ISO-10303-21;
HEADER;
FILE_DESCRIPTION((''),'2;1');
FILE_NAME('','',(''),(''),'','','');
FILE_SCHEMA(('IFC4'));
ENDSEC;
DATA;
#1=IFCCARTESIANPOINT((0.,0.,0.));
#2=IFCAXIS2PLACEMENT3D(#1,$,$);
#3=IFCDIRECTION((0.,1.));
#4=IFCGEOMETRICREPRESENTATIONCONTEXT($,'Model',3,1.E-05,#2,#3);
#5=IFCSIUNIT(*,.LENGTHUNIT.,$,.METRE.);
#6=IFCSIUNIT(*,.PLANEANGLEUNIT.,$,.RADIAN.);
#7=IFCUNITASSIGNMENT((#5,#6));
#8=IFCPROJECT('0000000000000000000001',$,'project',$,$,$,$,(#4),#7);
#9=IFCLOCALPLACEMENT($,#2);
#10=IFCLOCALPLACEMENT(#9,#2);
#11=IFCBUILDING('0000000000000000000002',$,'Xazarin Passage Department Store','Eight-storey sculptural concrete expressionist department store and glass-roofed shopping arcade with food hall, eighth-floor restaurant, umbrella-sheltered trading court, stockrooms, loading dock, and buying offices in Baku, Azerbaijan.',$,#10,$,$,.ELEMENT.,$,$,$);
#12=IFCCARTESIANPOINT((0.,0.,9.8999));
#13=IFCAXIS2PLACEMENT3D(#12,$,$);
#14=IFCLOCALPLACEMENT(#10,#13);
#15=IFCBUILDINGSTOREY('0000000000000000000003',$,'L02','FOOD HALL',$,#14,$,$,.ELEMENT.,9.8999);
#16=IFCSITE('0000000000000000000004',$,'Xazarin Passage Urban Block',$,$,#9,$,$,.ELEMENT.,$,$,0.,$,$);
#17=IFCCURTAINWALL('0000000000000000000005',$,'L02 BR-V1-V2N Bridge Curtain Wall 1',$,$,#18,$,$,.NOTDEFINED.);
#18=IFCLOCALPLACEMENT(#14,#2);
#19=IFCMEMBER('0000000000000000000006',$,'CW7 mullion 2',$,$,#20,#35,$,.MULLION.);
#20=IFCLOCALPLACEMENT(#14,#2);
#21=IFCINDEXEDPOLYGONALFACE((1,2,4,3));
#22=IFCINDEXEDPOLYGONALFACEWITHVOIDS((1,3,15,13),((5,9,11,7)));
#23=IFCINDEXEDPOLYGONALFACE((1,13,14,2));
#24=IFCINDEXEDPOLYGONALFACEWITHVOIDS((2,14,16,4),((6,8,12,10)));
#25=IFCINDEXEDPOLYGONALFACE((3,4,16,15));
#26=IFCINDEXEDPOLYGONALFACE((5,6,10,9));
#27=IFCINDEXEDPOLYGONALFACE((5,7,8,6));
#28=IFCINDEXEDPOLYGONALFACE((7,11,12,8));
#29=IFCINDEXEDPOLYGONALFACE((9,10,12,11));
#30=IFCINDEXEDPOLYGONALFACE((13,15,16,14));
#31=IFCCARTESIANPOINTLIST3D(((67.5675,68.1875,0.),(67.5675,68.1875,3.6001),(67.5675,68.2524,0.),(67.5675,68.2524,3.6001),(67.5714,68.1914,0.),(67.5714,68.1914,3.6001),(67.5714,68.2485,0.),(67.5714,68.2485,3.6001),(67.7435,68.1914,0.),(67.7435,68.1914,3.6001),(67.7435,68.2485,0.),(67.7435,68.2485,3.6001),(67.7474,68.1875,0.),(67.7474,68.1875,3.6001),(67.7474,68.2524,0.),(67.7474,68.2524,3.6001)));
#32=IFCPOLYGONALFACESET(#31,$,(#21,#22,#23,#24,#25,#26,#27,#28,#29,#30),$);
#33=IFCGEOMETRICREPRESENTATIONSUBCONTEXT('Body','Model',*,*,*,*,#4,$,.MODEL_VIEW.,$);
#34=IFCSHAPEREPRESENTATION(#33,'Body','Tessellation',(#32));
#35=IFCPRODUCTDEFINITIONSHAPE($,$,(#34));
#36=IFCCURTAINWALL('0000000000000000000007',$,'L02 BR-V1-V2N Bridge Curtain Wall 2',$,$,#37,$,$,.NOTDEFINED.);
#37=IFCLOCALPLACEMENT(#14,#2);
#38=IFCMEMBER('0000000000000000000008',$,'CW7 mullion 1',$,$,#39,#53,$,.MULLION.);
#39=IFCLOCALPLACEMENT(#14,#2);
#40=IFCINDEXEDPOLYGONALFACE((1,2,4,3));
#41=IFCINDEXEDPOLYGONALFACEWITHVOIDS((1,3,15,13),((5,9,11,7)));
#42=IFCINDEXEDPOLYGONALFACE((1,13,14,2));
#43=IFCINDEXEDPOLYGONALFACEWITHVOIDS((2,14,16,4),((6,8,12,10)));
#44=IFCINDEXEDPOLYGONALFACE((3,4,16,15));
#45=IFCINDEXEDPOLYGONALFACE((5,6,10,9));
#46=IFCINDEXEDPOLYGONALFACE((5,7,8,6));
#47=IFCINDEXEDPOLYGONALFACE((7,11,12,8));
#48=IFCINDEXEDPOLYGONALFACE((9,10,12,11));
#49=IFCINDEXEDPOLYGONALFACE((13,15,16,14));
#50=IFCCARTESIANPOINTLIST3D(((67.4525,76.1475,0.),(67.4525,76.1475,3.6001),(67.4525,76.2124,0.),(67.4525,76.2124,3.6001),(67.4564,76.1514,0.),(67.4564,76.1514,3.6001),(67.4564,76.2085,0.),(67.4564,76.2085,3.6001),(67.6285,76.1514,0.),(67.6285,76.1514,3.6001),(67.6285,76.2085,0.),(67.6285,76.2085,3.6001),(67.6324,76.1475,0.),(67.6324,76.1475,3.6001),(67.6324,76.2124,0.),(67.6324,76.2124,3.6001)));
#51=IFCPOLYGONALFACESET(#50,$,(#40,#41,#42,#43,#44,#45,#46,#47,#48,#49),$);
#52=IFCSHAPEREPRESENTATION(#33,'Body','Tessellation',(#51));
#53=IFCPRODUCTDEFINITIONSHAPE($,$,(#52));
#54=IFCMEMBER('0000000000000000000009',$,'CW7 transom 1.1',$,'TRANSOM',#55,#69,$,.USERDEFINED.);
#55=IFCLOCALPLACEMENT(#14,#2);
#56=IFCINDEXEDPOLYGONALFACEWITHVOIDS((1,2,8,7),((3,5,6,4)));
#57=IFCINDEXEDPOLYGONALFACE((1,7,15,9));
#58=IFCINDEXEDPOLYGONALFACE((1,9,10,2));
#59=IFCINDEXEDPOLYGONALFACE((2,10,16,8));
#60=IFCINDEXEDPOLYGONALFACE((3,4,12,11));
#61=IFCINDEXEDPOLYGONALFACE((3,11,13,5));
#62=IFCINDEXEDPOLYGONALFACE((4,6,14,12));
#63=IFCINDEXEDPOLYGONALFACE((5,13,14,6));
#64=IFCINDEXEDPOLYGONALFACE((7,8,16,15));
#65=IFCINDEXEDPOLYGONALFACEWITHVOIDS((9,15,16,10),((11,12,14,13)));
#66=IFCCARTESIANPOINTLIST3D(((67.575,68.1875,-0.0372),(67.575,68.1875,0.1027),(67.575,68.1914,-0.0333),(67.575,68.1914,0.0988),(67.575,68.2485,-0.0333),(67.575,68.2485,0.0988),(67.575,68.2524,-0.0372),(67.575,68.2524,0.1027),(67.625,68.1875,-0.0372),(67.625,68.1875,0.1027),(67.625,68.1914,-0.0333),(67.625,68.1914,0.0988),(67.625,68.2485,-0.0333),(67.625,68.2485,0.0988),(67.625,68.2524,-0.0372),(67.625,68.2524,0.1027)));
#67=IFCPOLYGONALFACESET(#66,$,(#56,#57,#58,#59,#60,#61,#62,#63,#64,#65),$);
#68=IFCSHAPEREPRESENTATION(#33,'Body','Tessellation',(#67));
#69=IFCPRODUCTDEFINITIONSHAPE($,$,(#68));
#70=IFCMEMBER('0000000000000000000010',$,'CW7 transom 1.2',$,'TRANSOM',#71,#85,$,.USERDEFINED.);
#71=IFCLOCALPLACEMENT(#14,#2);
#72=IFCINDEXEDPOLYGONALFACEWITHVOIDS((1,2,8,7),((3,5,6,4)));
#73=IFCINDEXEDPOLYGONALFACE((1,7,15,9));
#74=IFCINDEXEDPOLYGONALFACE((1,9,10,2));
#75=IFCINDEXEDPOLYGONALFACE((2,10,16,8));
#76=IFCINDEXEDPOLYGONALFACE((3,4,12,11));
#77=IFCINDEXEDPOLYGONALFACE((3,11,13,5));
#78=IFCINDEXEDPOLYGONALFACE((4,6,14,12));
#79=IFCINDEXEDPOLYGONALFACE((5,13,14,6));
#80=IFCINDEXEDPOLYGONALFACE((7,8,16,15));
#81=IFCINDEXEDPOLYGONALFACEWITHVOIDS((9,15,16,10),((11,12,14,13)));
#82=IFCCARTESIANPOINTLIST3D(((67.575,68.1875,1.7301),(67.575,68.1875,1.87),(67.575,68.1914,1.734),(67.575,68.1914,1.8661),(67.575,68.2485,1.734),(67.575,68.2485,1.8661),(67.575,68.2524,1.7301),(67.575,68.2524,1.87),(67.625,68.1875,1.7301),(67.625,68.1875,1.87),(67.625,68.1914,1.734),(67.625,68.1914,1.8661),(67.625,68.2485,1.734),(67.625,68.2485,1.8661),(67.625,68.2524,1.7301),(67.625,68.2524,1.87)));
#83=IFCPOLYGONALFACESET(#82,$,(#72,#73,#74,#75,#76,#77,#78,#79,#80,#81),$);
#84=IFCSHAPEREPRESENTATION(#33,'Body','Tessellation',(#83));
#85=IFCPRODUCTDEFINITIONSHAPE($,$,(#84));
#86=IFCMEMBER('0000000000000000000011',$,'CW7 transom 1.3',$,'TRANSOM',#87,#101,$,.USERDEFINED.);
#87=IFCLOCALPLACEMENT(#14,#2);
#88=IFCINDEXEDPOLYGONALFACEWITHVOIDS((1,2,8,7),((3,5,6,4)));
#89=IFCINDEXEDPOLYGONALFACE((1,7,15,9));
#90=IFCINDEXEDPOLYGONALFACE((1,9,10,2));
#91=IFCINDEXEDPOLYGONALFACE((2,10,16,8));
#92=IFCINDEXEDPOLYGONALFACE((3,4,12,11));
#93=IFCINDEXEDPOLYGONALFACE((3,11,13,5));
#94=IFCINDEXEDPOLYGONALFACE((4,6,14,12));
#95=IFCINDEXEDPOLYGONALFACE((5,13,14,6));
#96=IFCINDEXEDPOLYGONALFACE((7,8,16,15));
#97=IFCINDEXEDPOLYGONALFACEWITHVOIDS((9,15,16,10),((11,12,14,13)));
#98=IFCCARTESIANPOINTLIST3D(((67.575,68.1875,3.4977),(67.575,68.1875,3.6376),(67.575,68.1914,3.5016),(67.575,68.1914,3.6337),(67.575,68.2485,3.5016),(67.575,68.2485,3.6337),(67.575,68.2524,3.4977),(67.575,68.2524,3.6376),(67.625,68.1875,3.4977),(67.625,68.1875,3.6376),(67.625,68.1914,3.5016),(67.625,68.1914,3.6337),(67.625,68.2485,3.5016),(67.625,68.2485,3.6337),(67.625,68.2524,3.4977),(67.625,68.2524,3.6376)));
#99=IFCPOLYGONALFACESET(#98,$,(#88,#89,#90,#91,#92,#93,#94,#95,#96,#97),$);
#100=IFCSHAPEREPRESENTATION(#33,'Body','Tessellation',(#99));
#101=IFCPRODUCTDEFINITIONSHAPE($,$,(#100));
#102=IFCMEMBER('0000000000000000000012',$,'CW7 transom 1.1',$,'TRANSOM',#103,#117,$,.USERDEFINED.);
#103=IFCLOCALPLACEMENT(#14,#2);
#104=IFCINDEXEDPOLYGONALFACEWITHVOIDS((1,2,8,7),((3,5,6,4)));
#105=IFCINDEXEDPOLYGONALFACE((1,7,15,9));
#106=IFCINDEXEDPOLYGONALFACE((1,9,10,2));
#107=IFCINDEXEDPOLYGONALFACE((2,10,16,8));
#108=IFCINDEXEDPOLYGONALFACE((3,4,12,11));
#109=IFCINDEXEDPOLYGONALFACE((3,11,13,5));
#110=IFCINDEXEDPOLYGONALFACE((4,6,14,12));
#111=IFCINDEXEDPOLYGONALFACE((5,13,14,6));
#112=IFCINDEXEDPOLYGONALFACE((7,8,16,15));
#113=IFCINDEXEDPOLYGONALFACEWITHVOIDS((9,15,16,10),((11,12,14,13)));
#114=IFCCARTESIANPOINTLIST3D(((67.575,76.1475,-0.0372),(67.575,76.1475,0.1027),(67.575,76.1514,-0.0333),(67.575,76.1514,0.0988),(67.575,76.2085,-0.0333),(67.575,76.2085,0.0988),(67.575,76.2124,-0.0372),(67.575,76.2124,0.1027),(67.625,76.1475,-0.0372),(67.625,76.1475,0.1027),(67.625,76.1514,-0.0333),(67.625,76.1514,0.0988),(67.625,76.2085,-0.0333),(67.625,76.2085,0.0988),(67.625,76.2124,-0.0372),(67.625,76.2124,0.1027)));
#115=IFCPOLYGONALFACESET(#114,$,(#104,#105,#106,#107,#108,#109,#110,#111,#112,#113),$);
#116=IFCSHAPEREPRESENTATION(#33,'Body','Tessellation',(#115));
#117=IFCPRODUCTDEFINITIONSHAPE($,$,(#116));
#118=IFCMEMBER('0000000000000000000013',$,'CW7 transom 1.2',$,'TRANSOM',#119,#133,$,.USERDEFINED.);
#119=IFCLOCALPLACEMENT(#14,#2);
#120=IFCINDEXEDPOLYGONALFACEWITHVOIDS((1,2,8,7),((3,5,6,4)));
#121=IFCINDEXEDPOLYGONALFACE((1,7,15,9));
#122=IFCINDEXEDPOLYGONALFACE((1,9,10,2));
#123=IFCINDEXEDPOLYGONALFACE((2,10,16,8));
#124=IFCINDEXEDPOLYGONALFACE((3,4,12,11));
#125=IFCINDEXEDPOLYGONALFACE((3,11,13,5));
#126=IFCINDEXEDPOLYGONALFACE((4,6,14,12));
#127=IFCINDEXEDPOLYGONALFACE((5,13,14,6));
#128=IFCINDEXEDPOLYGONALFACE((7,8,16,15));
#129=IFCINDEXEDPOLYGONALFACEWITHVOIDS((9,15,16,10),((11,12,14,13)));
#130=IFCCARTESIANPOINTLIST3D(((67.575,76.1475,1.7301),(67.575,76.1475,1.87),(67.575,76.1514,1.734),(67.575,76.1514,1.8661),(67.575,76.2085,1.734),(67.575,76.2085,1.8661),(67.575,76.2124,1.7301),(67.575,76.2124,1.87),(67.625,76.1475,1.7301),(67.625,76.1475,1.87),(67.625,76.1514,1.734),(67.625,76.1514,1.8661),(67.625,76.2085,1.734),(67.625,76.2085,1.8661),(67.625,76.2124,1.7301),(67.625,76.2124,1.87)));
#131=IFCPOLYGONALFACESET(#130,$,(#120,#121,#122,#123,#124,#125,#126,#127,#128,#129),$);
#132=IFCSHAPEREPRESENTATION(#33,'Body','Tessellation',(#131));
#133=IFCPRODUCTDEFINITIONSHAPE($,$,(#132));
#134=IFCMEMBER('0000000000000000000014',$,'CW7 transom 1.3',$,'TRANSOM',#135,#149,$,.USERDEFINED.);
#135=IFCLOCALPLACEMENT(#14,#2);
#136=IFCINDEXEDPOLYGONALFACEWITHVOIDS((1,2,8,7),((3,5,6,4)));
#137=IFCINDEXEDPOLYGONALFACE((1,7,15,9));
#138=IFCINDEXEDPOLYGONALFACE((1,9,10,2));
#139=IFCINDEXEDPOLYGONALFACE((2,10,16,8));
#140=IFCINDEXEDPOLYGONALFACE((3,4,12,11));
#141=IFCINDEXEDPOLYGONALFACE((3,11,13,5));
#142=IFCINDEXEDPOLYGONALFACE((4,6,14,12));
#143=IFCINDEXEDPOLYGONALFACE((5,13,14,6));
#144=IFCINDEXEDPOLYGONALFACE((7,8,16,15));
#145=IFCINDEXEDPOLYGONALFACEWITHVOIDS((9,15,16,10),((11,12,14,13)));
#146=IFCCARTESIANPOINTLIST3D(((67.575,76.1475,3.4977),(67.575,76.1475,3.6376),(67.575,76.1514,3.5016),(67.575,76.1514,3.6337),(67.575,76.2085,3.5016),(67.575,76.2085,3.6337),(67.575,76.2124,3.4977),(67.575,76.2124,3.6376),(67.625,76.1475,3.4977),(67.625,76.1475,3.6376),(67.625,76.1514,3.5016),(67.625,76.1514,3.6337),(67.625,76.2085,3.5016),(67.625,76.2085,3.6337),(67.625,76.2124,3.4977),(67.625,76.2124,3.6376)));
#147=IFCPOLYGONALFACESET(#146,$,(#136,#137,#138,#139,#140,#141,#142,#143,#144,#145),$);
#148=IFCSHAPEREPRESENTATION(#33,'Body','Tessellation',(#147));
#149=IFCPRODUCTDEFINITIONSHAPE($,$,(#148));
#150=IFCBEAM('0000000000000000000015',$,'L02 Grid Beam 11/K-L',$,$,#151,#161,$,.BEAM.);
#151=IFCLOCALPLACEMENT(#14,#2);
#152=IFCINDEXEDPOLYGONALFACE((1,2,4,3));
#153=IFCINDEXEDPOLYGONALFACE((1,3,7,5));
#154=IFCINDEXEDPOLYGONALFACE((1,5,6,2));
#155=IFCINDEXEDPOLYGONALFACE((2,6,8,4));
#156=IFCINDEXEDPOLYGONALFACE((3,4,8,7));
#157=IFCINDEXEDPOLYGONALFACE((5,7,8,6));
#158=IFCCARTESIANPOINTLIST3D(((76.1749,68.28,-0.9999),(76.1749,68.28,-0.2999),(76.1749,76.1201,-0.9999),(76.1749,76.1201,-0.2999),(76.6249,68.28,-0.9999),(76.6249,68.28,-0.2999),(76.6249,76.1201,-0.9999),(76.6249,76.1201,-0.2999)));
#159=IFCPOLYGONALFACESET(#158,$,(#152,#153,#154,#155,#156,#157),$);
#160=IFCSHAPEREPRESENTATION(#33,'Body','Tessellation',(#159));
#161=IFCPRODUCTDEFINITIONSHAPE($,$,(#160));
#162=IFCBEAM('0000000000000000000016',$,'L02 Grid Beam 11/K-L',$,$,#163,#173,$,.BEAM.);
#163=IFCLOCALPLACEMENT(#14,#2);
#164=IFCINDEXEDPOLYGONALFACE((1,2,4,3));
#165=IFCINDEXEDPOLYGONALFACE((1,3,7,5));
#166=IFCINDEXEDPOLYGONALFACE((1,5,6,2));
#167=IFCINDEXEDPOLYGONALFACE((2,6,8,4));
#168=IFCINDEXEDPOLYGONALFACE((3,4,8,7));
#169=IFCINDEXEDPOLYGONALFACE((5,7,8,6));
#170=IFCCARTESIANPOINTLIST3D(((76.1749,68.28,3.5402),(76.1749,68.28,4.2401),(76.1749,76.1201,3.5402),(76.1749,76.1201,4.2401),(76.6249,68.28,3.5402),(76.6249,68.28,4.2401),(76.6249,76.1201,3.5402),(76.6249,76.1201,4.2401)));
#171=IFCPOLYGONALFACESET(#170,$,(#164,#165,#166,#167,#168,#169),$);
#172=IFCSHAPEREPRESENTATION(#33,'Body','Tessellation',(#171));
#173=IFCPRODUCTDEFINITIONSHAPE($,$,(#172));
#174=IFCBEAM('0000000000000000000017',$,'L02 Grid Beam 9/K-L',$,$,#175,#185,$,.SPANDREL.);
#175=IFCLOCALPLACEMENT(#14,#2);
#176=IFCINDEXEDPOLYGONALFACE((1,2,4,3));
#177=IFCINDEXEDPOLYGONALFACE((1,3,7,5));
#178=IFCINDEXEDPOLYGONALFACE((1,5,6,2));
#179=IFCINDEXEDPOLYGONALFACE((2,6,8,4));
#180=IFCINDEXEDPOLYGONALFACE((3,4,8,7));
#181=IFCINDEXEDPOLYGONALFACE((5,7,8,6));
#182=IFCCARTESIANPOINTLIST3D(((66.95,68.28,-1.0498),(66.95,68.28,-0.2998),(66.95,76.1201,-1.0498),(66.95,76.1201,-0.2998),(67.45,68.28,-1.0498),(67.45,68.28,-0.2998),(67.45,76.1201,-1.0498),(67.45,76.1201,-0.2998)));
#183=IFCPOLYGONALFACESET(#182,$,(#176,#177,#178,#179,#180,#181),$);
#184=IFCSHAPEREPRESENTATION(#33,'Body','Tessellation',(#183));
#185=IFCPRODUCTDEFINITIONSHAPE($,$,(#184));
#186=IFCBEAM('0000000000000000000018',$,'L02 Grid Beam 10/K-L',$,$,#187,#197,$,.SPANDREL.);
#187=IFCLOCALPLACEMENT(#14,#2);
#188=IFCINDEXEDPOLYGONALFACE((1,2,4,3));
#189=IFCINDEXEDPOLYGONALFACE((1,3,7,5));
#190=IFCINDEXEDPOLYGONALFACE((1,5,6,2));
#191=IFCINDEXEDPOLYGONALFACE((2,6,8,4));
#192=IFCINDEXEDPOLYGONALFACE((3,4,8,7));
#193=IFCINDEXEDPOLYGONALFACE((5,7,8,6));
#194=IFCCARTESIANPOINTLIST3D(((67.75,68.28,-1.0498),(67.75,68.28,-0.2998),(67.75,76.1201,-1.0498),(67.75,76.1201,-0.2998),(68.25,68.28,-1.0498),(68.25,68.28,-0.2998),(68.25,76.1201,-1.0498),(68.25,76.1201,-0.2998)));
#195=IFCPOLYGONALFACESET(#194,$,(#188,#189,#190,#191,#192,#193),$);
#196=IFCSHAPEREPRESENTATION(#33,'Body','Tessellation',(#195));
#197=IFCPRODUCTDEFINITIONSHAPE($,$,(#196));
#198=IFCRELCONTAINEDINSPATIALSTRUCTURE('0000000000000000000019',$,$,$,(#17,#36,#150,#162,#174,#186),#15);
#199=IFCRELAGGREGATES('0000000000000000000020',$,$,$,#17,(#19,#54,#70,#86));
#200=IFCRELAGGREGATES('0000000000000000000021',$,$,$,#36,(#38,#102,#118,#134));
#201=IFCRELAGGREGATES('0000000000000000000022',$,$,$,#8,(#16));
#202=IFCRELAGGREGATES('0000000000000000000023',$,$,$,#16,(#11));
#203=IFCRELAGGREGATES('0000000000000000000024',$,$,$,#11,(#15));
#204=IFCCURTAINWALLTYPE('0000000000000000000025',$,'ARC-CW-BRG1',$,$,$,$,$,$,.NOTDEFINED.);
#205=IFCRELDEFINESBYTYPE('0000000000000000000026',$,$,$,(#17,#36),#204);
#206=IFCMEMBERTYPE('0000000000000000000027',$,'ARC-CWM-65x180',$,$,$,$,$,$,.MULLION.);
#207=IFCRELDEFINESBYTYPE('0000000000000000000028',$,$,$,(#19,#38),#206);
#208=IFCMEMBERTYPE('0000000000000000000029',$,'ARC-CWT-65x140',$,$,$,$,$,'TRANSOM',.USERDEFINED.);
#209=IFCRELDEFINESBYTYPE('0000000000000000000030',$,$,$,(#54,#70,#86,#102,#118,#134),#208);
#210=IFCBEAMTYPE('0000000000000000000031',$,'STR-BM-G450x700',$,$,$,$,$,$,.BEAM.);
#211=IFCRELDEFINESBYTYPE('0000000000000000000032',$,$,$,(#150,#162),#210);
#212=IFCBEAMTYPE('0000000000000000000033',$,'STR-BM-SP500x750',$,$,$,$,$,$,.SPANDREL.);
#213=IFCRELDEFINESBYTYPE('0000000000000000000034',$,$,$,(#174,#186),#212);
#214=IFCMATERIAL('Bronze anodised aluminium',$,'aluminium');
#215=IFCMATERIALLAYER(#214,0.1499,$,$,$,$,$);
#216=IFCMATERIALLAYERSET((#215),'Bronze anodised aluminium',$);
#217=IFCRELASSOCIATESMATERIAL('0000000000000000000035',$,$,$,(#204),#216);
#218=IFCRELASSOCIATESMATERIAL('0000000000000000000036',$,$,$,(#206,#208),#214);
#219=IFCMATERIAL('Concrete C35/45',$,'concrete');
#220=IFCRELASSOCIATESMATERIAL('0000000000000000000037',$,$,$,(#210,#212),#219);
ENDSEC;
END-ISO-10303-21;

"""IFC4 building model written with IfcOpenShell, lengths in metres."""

from ifc_helpers import new_model, si_unit, direction, frame, origin, origin_2d, place, context, subcontext, project, spatial, rectangle, hollow_rectangle, extrude, material, layer, layer_set, material_profile, profile_set, type_object, element, aggregate, save


model = new_model("IFC4")

# Units and contexts
model_context = context("Model", 3, precision=1e-05, world=origin(), true_north=direction((0.0, 1.0)))
body_context = subcontext(model_context, "Body", "Model", "MODEL_VIEW")
ifc_project = project(units=[si_unit("LENGTHUNIT", "METRE"), si_unit("PLANEANGLEUNIT", "RADIAN")], contexts=[model_context])

# Site, building, storey
site_placement = place(None, origin())
site = spatial("IfcSite", under=ifc_project, at=site_placement, Name="Xazarin Passage Urban Block", CompositionType="ELEMENT", RefElevation=0.0)
building_placement = place(site_placement, origin())
building = spatial("IfcBuilding", under=site, at=building_placement, Name="Xazarin Passage Department Store", Description="Eight-storey sculptural concrete expressionist department store and glass-roofed shopping arcade with food hall, eighth-floor restaurant, umbrella-sheltered trading court, stockrooms, loading dock, and buying offices in Baku, Azerbaijan.", CompositionType="ELEMENT")
storey_placement = place(building_placement, frame((0.0, 0.0, 9.8999)))
storey = spatial("IfcBuildingStorey", under=building, at=storey_placement, Name="L02", Description="FOOD HALL", CompositionType="ELEMENT", Elevation=9.8999)

# Curtain walls, members
ifc_material_1 = material(Name="Bronze anodised aluminium", Category="aluminium")
ifc_layer_1 = layer(ifc_material_1, 0.1499)
ifc_layer_set_1 = layer_set([ifc_layer_1], Name="Bronze anodised aluminium")
curtain_wall_type = type_object("IfcCurtainWallType", Name="ARC-CW-BRG1", PredefinedType="NOTDEFINED", material=ifc_layer_set_1)
curtain_wall_1_placement = place(storey_placement, origin())
curtain_wall_1 = element("IfcCurtainWall", 1, at=curtain_wall_1_placement, inside=storey, type_object=curtain_wall_type, Name="L02 BR-V1-V2N Bridge Curtain Wall 1", PredefinedType="NOTDEFINED")
ifc_material_profile_1 = material_profile(ifc_material_1, hollow_rectangle(XDim=0.0649, YDim=0.1799, WallThickness=0.0039, at=origin_2d()), Name="ALU 65x180")
ifc_profile_set_1 = profile_set([ifc_material_profile_1], Name="Bronze anodised aluminium")
member_type_1 = type_object("IfcMemberType", Name="ARC-CWM-65x180", PredefinedType="MULLION", material=ifc_profile_set_1)
member_1_placement = place(storey_placement, frame((67.6575, 68.22, 0.0), z_axis=(0.0, 0.0, 1.0), x_axis=(0.0, 1.0, 0.0)))
member_1 = element("IfcMember", 2, at=member_1_placement, type_object=member_type_1, Name="CW7 mullion 2", PredefinedType="MULLION", context=body_context, shape_type="SweptSolid", body=[
    extrude(hollow_rectangle(XDim=0.0649, YDim=0.1799, WallThickness=0.0039, at=origin_2d()), origin(), (0.0, 0.0, 1.0), 3.6001),
])
curtain_wall_2_placement = place(storey_placement, origin())
curtain_wall_2 = element("IfcCurtainWall", 3, at=curtain_wall_2_placement, inside=storey, type_object=curtain_wall_type, Name="L02 BR-V1-V2N Bridge Curtain Wall 2", PredefinedType="NOTDEFINED")
member_2_placement = place(storey_placement, frame((67.5425, 76.1799, 0.0), z_axis=(0.0, 0.0, 1.0), x_axis=(0.0, 1.0, 0.0)))
member_2 = element("IfcMember", 4, at=member_2_placement, type_object=member_type_1, Name="CW7 mullion 1", PredefinedType="MULLION", context=body_context, shape_type="SweptSolid", body=[
    extrude(hollow_rectangle(XDim=0.0649, YDim=0.1799, WallThickness=0.0039, at=origin_2d()), origin(), (0.0, 0.0, 1.0), 3.6001),
])

# Members
ifc_material_profile_2 = material_profile(ifc_material_1, hollow_rectangle(XDim=0.0649, YDim=0.1399, WallThickness=0.0039, at=origin_2d()), Name="ALU 65x140")
ifc_profile_set_2 = profile_set([ifc_material_profile_2], Name="Bronze anodised aluminium")
member_type_2 = type_object("IfcMemberType", Name="ARC-CWT-65x140", ElementType="TRANSOM", PredefinedType="USERDEFINED", material=ifc_profile_set_2)
member_3_placement = place(storey_placement, frame((67.575, 68.22, 0.0327), z_axis=(1.0, 0.0, 0.0), x_axis=(0.0, 1.0, 0.0)))
member_3 = element("IfcMember", 5, at=member_3_placement, type_object=member_type_2, Name="CW7 transom 1.1", ObjectType="TRANSOM", PredefinedType="USERDEFINED", context=body_context, shape_type="SweptSolid", body=[
    extrude(hollow_rectangle(XDim=0.0649, YDim=0.1399, WallThickness=0.0039, at=origin_2d()), origin(), (0.0, 0.0, 1.0), 0.05),
])
member_4_placement = place(storey_placement, frame((67.575, 68.22, 1.8), z_axis=(1.0, 0.0, 0.0), x_axis=(0.0, 1.0, 0.0)))
member_4 = element("IfcMember", 6, at=member_4_placement, type_object=member_type_2, Name="CW7 transom 1.2", ObjectType="TRANSOM", PredefinedType="USERDEFINED", context=body_context, shape_type="SweptSolid", body=[
    extrude(hollow_rectangle(XDim=0.0649, YDim=0.1399, WallThickness=0.0039, at=origin_2d()), origin(), (0.0, 0.0, 1.0), 0.05),
])
member_5_placement = place(storey_placement, frame((67.575, 68.22, 3.5676), z_axis=(1.0, 0.0, 0.0), x_axis=(0.0, 1.0, 0.0)))
member_5 = element("IfcMember", 7, at=member_5_placement, type_object=member_type_2, Name="CW7 transom 1.3", ObjectType="TRANSOM", PredefinedType="USERDEFINED", context=body_context, shape_type="SweptSolid", body=[
    extrude(hollow_rectangle(XDim=0.0649, YDim=0.1399, WallThickness=0.0039, at=origin_2d()), origin(), (0.0, 0.0, 1.0), 0.05),
])
member_6_placement = place(storey_placement, frame((67.575, 76.1799, 0.0327), z_axis=(1.0, 0.0, 0.0), x_axis=(0.0, 1.0, 0.0)))
member_6 = element("IfcMember", 8, at=member_6_placement, type_object=member_type_2, Name="CW7 transom 1.1", ObjectType="TRANSOM", PredefinedType="USERDEFINED", context=body_context, shape_type="SweptSolid", body=[
    extrude(hollow_rectangle(XDim=0.0649, YDim=0.1399, WallThickness=0.0039, at=origin_2d()), origin(), (0.0, 0.0, 1.0), 0.05),
])
member_7_placement = place(storey_placement, frame((67.575, 76.1799, 1.8), z_axis=(1.0, 0.0, 0.0), x_axis=(0.0, 1.0, 0.0)))
member_7 = element("IfcMember", 9, at=member_7_placement, type_object=member_type_2, Name="CW7 transom 1.2", ObjectType="TRANSOM", PredefinedType="USERDEFINED", context=body_context, shape_type="SweptSolid", body=[
    extrude(hollow_rectangle(XDim=0.0649, YDim=0.1399, WallThickness=0.0039, at=origin_2d()), origin(), (0.0, 0.0, 1.0), 0.05),
])
member_8_placement = place(storey_placement, frame((67.575, 76.1799, 3.5676), z_axis=(1.0, 0.0, 0.0), x_axis=(0.0, 1.0, 0.0)))
member_8 = element("IfcMember", 10, at=member_8_placement, type_object=member_type_2, Name="CW7 transom 1.3", ObjectType="TRANSOM", PredefinedType="USERDEFINED", context=body_context, shape_type="SweptSolid", body=[
    extrude(hollow_rectangle(XDim=0.0649, YDim=0.1399, WallThickness=0.0039, at=origin_2d()), origin(), (0.0, 0.0, 1.0), 0.05),
])

# Beams
ifc_material_2 = material(Name="Concrete C35/45", Category="concrete")
ifc_material_profile_3 = material_profile(ifc_material_2, rectangle(XDim=0.45, YDim=0.7, at=origin_2d()), Name="RC 450x700")
ifc_profile_set_3 = profile_set([ifc_material_profile_3], Name="Concrete C35/45")
beam_type_1 = type_object("IfcBeamType", Name="STR-BM-G450x700", PredefinedType="BEAM", material=ifc_profile_set_3)
for number, where, z_axis, x_axis, name in (
    (11, (76.3999, 68.28, -0.6499), (0.0, 1.0, 0.0), (-1.0, 0.0, 0.0), "L02 Grid Beam 11/K-L"),
    (12, (76.3999, 68.28, 3.8901), (0.0, 1.0, 0.0), (-1.0, 0.0, 0.0), "L02 Grid Beam 11/K-L"),
):
    element("IfcBeam", number, at=place(storey_placement, frame(where, z_axis=z_axis, x_axis=x_axis)), inside=storey, type_object=beam_type_1, Name=name, PredefinedType="BEAM", context=body_context, shape_type="SweptSolid", body=[
        extrude(rectangle(XDim=0.45, YDim=0.7, at=origin_2d()), origin(), (0.0, 0.0, 1.0), 7.8401),
    ])
ifc_material_profile_4 = material_profile(ifc_material_2, rectangle(XDim=0.5, YDim=0.75, at=origin_2d()), Name="RC 500x750")
ifc_profile_set_4 = profile_set([ifc_material_profile_4], Name="Concrete C35/45")
beam_type_2 = type_object("IfcBeamType", Name="STR-BM-SP500x750", PredefinedType="SPANDREL", material=ifc_profile_set_4)
for number, where, z_axis, x_axis, name in (
    (13, (67.2, 68.28, -0.6748), (0.0, 1.0, 0.0), (-1.0, 0.0, 0.0), "L02 Grid Beam 9/K-L"),
    (14, (68.0, 68.28, -0.6748), (0.0, 1.0, 0.0), (-1.0, 0.0, 0.0), "L02 Grid Beam 10/K-L"),
):
    element("IfcBeam", number, at=place(storey_placement, frame(where, z_axis=z_axis, x_axis=x_axis)), inside=storey, type_object=beam_type_2, Name=name, PredefinedType="SPANDREL", context=body_context, shape_type="SweptSolid", body=[
        extrude(rectangle(XDim=0.5, YDim=0.75, at=origin_2d()), origin(), (0.0, 0.0, 1.0), 7.8401),
    ])

aggregate(curtain_wall_1, [member_1, member_3, member_4, member_5])
aggregate(curtain_wall_2, [member_2, member_6, member_7, member_8])

save(model, "model.ifc")
